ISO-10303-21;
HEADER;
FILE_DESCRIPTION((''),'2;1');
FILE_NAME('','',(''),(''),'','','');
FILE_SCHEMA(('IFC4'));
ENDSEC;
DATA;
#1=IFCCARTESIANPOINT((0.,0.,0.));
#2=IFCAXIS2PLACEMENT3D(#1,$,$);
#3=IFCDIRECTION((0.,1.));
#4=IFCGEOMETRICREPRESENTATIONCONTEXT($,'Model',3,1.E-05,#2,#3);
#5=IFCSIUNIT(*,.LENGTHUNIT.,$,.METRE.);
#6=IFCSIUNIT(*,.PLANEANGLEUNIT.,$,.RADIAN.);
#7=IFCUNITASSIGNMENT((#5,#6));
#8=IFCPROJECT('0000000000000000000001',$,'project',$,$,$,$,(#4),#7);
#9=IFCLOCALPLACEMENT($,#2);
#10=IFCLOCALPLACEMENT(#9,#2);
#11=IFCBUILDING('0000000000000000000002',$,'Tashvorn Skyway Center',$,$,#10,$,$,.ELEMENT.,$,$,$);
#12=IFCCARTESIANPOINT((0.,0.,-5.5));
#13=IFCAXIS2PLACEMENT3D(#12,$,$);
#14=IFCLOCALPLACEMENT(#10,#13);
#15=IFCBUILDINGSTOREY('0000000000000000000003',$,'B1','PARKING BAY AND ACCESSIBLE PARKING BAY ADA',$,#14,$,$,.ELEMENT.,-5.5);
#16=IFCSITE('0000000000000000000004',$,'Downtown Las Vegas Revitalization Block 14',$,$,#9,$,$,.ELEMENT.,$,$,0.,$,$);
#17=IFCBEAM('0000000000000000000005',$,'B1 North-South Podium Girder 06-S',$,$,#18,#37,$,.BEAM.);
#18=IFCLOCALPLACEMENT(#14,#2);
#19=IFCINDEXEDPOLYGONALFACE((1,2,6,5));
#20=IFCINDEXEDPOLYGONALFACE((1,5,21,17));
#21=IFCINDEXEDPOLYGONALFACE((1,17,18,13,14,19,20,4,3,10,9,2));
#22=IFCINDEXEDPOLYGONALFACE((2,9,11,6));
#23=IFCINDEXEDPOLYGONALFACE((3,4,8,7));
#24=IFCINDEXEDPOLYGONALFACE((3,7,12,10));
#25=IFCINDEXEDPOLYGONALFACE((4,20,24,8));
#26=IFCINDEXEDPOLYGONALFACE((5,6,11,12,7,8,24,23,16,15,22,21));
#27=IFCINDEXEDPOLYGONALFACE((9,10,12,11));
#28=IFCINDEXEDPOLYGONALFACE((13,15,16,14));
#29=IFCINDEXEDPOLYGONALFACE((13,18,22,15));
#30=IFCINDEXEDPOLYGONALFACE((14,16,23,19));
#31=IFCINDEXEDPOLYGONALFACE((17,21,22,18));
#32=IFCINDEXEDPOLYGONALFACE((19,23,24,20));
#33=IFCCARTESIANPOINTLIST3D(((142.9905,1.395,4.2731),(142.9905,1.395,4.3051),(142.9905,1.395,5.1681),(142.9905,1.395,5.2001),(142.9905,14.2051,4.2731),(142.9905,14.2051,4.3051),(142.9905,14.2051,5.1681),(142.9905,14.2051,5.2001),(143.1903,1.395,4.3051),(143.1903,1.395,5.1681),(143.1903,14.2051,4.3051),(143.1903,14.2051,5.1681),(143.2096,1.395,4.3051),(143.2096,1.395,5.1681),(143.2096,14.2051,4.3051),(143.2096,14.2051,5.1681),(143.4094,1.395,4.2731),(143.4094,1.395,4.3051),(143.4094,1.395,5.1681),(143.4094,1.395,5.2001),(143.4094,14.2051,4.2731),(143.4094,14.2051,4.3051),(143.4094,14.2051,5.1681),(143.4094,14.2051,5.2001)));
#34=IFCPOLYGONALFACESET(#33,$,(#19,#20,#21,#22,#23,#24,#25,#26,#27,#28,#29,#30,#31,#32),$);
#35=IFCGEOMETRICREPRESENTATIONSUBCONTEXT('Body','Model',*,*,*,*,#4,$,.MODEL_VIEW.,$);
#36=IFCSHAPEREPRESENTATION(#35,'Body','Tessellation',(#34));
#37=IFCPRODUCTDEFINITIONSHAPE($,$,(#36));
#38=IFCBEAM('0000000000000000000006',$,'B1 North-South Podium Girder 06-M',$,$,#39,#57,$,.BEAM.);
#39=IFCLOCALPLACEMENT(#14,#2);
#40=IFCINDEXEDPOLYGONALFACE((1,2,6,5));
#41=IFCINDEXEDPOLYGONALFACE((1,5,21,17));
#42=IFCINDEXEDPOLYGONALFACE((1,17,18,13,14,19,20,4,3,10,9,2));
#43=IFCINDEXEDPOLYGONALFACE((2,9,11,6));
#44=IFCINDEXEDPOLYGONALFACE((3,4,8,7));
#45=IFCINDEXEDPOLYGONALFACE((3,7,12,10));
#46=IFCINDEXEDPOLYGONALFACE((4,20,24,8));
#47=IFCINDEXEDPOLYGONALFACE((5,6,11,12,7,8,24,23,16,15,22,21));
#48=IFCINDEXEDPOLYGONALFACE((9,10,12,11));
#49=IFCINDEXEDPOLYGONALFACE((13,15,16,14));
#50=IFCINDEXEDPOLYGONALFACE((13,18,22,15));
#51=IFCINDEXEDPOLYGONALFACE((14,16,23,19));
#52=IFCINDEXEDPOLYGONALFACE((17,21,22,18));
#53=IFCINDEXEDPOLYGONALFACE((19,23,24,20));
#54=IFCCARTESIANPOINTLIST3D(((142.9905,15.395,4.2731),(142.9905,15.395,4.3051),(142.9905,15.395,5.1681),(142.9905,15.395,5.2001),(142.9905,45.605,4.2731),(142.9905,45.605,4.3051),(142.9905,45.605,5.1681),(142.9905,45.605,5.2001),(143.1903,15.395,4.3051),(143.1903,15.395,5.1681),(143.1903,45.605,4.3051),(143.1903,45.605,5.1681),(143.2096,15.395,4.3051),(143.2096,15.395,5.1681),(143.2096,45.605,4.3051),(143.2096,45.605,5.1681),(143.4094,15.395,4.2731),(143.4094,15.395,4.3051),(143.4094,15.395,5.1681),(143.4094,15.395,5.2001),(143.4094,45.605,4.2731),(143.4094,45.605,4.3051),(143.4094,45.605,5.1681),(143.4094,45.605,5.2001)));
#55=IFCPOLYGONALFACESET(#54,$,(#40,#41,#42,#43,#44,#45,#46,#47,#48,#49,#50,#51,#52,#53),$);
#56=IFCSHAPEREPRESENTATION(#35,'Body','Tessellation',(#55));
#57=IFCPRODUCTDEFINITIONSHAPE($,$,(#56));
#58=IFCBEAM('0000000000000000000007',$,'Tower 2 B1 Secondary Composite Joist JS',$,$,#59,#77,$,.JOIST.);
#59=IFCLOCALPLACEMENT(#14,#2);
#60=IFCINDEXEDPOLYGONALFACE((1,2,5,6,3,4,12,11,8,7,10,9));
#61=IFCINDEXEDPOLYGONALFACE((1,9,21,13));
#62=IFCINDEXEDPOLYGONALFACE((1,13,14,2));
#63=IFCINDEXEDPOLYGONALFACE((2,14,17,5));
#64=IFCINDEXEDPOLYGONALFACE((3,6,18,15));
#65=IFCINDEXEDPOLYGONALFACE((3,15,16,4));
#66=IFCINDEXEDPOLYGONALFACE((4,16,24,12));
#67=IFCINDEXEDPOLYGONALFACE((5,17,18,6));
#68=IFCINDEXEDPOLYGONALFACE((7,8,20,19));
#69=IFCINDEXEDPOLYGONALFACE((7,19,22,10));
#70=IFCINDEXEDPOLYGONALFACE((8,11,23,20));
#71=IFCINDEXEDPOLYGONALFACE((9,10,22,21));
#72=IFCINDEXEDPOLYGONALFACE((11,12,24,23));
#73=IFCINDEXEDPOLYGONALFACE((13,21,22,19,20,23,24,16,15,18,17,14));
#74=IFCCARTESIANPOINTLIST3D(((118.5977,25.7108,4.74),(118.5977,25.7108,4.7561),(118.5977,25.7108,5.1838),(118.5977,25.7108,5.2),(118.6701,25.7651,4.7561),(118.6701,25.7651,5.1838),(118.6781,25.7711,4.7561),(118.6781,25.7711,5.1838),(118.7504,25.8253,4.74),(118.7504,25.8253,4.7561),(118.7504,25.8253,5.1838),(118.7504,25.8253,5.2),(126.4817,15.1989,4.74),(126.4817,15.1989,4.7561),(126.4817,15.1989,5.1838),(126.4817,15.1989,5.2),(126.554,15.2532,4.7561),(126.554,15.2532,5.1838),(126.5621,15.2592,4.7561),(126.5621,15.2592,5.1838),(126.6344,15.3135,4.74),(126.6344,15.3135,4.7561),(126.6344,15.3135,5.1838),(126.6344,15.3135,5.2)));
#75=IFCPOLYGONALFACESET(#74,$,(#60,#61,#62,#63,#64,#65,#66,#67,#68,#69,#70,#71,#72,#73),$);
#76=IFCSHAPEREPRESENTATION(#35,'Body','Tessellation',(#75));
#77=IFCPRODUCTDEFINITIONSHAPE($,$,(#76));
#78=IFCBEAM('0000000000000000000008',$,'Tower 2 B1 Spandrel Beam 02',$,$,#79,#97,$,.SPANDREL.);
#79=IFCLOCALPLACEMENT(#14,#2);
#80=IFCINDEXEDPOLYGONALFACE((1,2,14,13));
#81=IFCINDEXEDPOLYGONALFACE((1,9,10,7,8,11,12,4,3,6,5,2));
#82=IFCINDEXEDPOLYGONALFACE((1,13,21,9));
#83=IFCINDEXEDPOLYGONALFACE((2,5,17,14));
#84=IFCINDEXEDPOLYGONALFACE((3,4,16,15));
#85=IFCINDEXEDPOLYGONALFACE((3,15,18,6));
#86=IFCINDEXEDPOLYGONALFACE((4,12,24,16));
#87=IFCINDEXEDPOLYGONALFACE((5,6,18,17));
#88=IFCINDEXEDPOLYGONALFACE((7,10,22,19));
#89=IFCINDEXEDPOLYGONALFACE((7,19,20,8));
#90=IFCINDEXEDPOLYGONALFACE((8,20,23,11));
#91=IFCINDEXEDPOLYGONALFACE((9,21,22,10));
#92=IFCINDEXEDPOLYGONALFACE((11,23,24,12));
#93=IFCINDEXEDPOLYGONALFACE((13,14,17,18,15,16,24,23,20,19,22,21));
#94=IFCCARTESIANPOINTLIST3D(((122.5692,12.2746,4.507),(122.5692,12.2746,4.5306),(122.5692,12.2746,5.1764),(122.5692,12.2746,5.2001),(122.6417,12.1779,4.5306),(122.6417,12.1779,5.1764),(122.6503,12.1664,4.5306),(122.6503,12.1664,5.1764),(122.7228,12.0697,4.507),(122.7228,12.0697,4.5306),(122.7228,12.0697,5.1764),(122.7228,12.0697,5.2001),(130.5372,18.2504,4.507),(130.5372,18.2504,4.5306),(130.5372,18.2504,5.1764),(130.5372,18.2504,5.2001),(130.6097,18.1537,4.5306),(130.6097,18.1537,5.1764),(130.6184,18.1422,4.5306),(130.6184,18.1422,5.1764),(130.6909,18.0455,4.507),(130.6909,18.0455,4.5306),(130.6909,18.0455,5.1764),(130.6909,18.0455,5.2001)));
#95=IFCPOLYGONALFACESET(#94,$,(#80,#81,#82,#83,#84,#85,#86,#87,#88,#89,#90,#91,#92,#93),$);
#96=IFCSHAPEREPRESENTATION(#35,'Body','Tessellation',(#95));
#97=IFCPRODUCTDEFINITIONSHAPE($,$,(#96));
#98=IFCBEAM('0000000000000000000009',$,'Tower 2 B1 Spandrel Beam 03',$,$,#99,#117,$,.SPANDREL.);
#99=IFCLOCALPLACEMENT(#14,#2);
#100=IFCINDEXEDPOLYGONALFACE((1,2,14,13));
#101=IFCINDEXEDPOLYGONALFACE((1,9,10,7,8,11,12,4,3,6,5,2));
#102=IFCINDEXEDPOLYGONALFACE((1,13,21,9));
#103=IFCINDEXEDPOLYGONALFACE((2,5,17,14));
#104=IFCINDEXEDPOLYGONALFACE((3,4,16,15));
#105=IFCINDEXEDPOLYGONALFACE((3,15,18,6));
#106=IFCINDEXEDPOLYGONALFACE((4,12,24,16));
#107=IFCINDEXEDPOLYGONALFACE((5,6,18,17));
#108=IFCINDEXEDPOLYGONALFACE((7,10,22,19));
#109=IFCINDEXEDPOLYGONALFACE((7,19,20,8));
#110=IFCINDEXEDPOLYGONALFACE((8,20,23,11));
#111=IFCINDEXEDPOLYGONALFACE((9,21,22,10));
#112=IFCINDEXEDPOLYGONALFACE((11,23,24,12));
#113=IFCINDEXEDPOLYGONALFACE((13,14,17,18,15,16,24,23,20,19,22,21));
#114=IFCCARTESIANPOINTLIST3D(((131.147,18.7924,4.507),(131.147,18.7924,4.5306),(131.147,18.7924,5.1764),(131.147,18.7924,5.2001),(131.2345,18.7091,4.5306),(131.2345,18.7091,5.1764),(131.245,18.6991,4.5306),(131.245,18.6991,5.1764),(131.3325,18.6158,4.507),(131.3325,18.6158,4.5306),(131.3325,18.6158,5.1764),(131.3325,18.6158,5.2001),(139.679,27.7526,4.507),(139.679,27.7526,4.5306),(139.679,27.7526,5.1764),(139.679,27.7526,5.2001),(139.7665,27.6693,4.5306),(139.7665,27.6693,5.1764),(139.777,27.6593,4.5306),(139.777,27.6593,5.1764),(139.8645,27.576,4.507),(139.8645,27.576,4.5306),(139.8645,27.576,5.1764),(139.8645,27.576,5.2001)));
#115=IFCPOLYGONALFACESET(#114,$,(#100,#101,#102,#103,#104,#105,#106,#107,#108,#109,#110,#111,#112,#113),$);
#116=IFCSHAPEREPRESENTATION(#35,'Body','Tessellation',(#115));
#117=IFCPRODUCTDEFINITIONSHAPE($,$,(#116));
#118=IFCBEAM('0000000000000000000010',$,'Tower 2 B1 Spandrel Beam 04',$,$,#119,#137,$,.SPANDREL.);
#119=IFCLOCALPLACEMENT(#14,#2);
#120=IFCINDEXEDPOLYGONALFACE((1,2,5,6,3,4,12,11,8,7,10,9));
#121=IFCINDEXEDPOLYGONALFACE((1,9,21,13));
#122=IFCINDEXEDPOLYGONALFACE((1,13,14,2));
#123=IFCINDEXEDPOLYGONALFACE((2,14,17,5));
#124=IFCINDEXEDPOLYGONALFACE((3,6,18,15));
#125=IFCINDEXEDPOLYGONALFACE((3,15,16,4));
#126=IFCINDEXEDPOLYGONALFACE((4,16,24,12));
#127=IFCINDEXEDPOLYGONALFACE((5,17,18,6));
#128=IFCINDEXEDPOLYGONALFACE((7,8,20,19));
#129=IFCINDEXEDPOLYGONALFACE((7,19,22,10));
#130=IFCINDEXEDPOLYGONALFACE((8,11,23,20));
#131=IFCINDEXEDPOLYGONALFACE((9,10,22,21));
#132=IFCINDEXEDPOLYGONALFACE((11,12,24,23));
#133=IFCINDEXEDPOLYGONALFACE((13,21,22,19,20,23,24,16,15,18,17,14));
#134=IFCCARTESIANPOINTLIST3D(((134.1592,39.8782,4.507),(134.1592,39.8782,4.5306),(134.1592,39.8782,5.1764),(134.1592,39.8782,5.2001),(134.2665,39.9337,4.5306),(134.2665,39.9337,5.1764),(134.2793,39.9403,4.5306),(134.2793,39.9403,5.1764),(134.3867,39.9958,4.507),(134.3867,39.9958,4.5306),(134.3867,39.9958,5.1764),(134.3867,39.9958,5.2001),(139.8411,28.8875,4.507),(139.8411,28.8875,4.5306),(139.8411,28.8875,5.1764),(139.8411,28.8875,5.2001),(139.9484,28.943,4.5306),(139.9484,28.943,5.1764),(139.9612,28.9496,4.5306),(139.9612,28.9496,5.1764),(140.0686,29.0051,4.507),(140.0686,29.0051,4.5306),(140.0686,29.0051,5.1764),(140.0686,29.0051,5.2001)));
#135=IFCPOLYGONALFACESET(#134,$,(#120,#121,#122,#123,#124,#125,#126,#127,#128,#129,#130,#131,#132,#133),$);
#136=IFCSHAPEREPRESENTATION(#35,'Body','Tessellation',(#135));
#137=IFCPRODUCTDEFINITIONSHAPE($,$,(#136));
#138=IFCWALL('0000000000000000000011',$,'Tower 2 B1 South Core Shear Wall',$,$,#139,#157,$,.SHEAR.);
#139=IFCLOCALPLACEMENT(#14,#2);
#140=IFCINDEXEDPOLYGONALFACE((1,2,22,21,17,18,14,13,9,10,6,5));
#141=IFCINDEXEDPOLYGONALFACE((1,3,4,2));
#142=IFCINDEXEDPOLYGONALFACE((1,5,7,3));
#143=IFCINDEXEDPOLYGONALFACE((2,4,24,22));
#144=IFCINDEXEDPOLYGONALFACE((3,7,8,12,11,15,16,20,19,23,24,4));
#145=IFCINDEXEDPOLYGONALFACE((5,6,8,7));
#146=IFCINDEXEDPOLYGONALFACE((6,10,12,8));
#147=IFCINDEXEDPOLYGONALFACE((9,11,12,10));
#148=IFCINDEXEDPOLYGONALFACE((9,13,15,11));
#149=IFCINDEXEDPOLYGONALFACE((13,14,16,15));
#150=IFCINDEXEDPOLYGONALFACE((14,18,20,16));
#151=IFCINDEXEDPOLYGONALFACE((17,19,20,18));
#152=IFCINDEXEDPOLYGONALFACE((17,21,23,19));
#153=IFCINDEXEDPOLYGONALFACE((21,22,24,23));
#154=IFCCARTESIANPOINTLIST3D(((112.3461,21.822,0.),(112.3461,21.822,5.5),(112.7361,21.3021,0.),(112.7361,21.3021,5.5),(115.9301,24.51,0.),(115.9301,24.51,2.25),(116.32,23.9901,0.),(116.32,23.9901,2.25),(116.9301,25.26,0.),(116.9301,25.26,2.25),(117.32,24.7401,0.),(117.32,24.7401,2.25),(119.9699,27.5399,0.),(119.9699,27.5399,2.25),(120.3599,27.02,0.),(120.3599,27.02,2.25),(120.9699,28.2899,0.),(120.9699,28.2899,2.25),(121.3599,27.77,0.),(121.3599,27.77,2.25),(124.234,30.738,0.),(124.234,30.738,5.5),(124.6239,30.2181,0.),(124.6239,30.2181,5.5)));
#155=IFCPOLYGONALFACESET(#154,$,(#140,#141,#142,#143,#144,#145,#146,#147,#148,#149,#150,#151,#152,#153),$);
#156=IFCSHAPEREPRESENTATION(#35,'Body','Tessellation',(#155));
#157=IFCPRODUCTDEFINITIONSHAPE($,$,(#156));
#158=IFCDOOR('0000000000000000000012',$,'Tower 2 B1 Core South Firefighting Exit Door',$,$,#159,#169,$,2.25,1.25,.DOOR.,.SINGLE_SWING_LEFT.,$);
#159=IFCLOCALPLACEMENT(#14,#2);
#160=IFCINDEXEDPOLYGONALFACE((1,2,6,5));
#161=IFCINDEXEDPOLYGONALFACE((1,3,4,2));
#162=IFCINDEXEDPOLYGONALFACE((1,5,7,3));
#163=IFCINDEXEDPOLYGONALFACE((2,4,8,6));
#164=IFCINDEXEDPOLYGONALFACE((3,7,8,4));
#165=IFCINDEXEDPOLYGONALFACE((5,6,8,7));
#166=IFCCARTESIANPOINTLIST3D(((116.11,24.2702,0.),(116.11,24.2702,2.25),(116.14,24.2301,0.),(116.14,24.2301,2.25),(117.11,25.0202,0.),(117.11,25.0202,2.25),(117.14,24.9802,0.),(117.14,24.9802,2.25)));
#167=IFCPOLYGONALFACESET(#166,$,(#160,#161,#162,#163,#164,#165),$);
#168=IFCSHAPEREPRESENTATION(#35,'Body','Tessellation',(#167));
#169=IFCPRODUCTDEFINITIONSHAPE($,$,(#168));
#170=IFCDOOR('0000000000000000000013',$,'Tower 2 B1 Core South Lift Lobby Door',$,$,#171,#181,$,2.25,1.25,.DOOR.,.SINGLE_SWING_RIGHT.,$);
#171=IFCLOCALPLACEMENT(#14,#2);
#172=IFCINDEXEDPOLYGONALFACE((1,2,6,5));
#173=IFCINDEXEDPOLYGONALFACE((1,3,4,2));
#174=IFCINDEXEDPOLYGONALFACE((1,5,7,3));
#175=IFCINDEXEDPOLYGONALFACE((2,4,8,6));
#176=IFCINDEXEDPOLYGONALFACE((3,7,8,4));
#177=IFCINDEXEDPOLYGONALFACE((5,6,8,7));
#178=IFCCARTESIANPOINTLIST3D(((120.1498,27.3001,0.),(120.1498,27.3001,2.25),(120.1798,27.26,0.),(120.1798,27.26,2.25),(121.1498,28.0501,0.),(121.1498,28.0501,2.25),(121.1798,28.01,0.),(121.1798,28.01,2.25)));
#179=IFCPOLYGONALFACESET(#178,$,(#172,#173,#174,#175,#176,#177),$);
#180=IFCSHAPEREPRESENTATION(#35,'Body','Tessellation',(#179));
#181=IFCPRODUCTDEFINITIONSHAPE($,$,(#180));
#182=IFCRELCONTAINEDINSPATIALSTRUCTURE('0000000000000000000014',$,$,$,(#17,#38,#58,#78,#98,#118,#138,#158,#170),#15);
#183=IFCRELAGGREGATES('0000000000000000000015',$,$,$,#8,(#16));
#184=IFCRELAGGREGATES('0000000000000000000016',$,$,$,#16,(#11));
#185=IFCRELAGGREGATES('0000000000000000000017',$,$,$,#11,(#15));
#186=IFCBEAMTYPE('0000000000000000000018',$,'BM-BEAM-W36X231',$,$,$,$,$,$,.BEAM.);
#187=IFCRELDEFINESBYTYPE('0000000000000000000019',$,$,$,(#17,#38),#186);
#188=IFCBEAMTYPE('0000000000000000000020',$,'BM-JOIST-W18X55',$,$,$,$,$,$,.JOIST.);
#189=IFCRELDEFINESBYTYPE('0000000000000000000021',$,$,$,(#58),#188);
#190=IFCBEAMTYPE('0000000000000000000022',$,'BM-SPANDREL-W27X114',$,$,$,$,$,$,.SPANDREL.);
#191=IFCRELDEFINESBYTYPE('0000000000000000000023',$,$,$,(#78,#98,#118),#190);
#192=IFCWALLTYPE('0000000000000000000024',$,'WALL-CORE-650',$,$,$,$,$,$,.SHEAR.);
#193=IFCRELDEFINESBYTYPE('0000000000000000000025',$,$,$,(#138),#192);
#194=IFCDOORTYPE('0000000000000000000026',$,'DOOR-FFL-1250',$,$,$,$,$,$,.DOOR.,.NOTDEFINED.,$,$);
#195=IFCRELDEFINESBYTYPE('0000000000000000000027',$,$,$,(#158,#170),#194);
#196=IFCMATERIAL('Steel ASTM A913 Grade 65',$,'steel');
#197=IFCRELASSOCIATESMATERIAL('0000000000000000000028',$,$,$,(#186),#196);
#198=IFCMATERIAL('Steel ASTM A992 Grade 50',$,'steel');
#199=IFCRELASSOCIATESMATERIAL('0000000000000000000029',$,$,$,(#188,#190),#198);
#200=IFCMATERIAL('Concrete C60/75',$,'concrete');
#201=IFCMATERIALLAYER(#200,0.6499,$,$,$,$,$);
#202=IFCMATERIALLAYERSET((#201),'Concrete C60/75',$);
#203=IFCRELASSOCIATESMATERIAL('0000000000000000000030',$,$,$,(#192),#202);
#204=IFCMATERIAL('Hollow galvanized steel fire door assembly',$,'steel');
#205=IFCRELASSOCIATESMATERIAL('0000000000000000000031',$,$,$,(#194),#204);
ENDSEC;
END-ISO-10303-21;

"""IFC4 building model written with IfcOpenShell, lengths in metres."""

from ifc_helpers import new_model, si_unit, direction, frame, frame_2d, origin, origin_2d, place, context, subcontext, project, spatial, rectangle, i_section, extrude, material, layer, layer_set, material_profile, profile_set, type_object, element, fill, save


model = new_model("IFC4")

# Units and contexts
model_context = context("Model", 3, precision=1e-05, world=origin(), true_north=direction((0.0, 1.0)))
body_context = subcontext(model_context, "Body", "Model", "MODEL_VIEW")
ifc_project = project(units=[si_unit("LENGTHUNIT", "METRE"), si_unit("PLANEANGLEUNIT", "RADIAN")], contexts=[model_context])

# Site, building, storey
site_placement = place(None, origin())
site = spatial("IfcSite", under=ifc_project, at=site_placement, Name="Downtown Las Vegas Revitalization Block 14", CompositionType="ELEMENT", RefElevation=0.0)
building_placement = place(site_placement, origin())
building = spatial("IfcBuilding", under=site, at=building_placement, Name="Tashvorn Skyway Center", CompositionType="ELEMENT")
storey_placement = place(building_placement, frame((0.0, 0.0, -5.5)))
storey = spatial("IfcBuildingStorey", under=building, at=storey_placement, Name="B1", Description="PARKING BAY AND ACCESSIBLE PARKING BAY ADA", CompositionType="ELEMENT", Elevation=-5.5)

# Beams
ifc_material_1 = material(Name="Steel ASTM A913 Grade 65", Category="steel")
ifc_material_profile_1 = material_profile(ifc_material_1, i_section(OverallWidth=0.4189, OverallDepth=0.927, WebThickness=0.0193, FlangeThickness=0.032, at=origin_2d()), Name="W36X231")
ifc_profile_set_1 = profile_set([ifc_material_profile_1], Name="Steel ASTM A913 Grade 65")
beam_type_1 = type_object("IfcBeamType", Name="BM-BEAM-W36X231", PredefinedType="BEAM", material=ifc_profile_set_1)
beam_1_placement = place(storey_placement, frame((143.2, 1.395, 4.7366), z_axis=(0.0, 1.0, 0.0), x_axis=(-1.0, 0.0, 0.0)))
element("IfcBeam", 1, at=beam_1_placement, inside=storey, type_object=beam_type_1, Name="B1 North-South Podium Girder 06-S", PredefinedType="BEAM", context=body_context, shape_type="SweptSolid", body=[
    extrude(i_section(OverallWidth=0.4189, OverallDepth=0.927, WebThickness=0.0193, FlangeThickness=0.032, at=origin_2d()), origin(), (0.0, 0.0, 1.0), 12.8101),
])
beam_2_placement = place(storey_placement, frame((143.2, 15.395, 4.7366), z_axis=(0.0, 1.0, 0.0), x_axis=(-1.0, 0.0, 0.0)))
element("IfcBeam", 2, at=beam_2_placement, inside=storey, type_object=beam_type_1, Name="B1 North-South Podium Girder 06-M", PredefinedType="BEAM", context=body_context, shape_type="SweptSolid", body=[
    extrude(i_section(OverallWidth=0.4189, OverallDepth=0.927, WebThickness=0.0193, FlangeThickness=0.032, at=origin_2d()), origin(), (0.0, 0.0, 1.0), 30.21),
])
ifc_material_2 = material(Name="Steel ASTM A992 Grade 50", Category="steel")
ifc_material_profile_2 = material_profile(ifc_material_2, i_section(OverallWidth=0.1909, OverallDepth=0.46, WebThickness=0.01, FlangeThickness=0.0161, at=origin_2d()), Name="W18X55")
ifc_profile_set_2 = profile_set([ifc_material_profile_2], Name="Steel ASTM A992 Grade 50")
beam_type_2 = type_object("IfcBeamType", Name="BM-JOIST-W18X55", PredefinedType="JOIST", material=ifc_profile_set_2)
beam_3_placement = place(storey_placement, frame((118.6741, 25.7681, 4.97), z_axis=(0.600003, -0.799998, 0.0), x_axis=(0.799998, 0.600003, 0.0)))
element("IfcBeam", 3, at=beam_3_placement, inside=storey, type_object=beam_type_2, Name="Tower 2 B1 Secondary Composite Joist JS", PredefinedType="JOIST", context=body_context, shape_type="SweptSolid", body=[
    extrude(i_section(OverallWidth=0.1909, OverallDepth=0.46, WebThickness=0.01, FlangeThickness=0.0161, at=origin_2d()), origin(), (0.0, 0.0, 1.0), 13.1399),
])
ifc_material_profile_3 = material_profile(ifc_material_2, i_section(OverallWidth=0.2561, OverallDepth=0.6931, WebThickness=0.0144, FlangeThickness=0.0237, at=origin_2d()), Name="W27X114")
ifc_profile_set_3 = profile_set([ifc_material_profile_3], Name="Steel ASTM A992 Grade 50")
beam_type_3 = type_object("IfcBeamType", Name="BM-SPANDREL-W27X114", PredefinedType="SPANDREL", material=ifc_profile_set_3)
beam_4_placement = place(storey_placement, frame((122.646, 12.1721, 4.8535), z_axis=(0.800009, 0.599988, 0.0), x_axis=(-0.599988, 0.800009, 0.0)))
element("IfcBeam", 4, at=beam_4_placement, inside=storey, type_object=beam_type_3, Name="Tower 2 B1 Spandrel Beam 02", PredefinedType="SPANDREL", context=body_context, shape_type="SweptSolid", body=[
    extrude(i_section(OverallWidth=0.2561, OverallDepth=0.6931, WebThickness=0.0144, FlangeThickness=0.0237, at=origin_2d()), origin(), (0.0, 0.0, 1.0), 9.96),
])
for number, where, z_axis, x_axis, name in (
    (5, (131.2397, 18.7041, 4.8535), (0.68959, 0.7242, 0.0), (-0.7242, 0.68959, 0.0), "Tower 2 B1 Spandrel Beam 03"),
    (6, (139.9548, 28.9463, 4.8535), (-0.459233, 0.888316, 0.0), (-0.888316, -0.459233, 0.0), "Tower 2 B1 Spandrel Beam 04"),
):
    element("IfcBeam", number, at=place(storey_placement, frame(where, z_axis=z_axis, x_axis=x_axis)), inside=storey, type_object=beam_type_3, Name=name, PredefinedType="SPANDREL", context=body_context, shape_type="SweptSolid", body=[
        extrude(i_section(OverallWidth=0.2561, OverallDepth=0.6931, WebThickness=0.0144, FlangeThickness=0.0237, at=origin_2d()), origin(), (0.0, 0.0, 1.0), 12.3726),
    ])

# Wall, openings, doors
ifc_material_3 = material(Name="Concrete C60/75", Category="concrete")
ifc_layer_1 = layer(ifc_material_3, 0.6499)
ifc_layer_set_1 = layer_set([ifc_layer_1], Name="Concrete C60/75")
wall_type_1 = type_object("IfcWallType", Name="WALL-CORE-650", PredefinedType="SHEAR", material=ifc_layer_set_1)
wall_1_placement = place(storey_placement, frame((124.429, 30.478, 0.0), z_axis=(0.0, 0.0, 1.0), x_axis=(-0.799998, -0.600003, 0.0)))
wall_1 = element("IfcWall", 7, at=wall_1_placement, inside=storey, type_object=wall_type_1, Name="Tower 2 B1 South Core Shear Wall", PredefinedType="SHEAR", context=body_context, shape_type="SweptSolid", body=[
    extrude(rectangle(XDim=14.8599, YDim=0.6499, at=frame_2d((7.4299, 0.0))), origin(), (0.0, 0.0, 1.0), 5.5),
])
opening_1_placement = place(wall_1_placement, frame((9.1299, 0.0, 0.0)))
opening_1 = element("IfcOpeningElement", 8, at=opening_1_placement, cuts=wall_1, PredefinedType="OPENING", context=body_context, shape_type="SweptSolid", body=[
    extrude(rectangle(XDim=1.25, YDim=2.25, at=frame_2d((0.625, 1.125))), frame((0.0, 0.335, 0.0), z_axis=(0.0, -1.0, 0.0), x_axis=(1.0, 0.0, 0.0)), (0.0, 0.0, 1.0), 0.6699),
])
opening_2_placement = place(wall_1_placement, frame((4.0801, 0.0, 0.0)))
opening_2 = element("IfcOpeningElement", 9, at=opening_2_placement, cuts=wall_1, PredefinedType="OPENING", context=body_context, shape_type="SweptSolid", body=[
    extrude(rectangle(XDim=1.25, YDim=2.25, at=frame_2d((0.625, 1.125))), frame((0.0, 0.335, 0.0), z_axis=(0.0, -1.0, 0.0), x_axis=(1.0, 0.0, 0.0)), (0.0, 0.0, 1.0), 0.6699),
])
ifc_material_4 = material(Name="Hollow galvanized steel fire door assembly", Category="steel")
door_type_1 = type_object("IfcDoorType", Name="DOOR-FFL-1250", OperationType="NOTDEFINED", PredefinedType="DOOR", material=ifc_material_4)
door_1_placement = place(opening_1_placement, origin())
door_1 = element("IfcDoor", 10, at=door_1_placement, inside=storey, type_object=door_type_1, Name="Tower 2 B1 Core South Firefighting Exit Door", OperationType="SINGLE_SWING_LEFT", OverallHeight=2.25, OverallWidth=1.25, PredefinedType="DOOR", context=body_context, shape_type="SweptSolid", body=[
    extrude(rectangle(XDim=1.25, YDim=2.25, at=frame_2d((0.625, 1.125))), frame((0.0, 0.0249, 0.0), z_axis=(0.0, -1.0, 0.0), x_axis=(1.0, 0.0, 0.0)), (0.0, 0.0, 1.0), 0.05),
])
fill(opening_1, door_1)
door_2_placement = place(opening_2_placement, origin())
door_2 = element("IfcDoor", 11, at=door_2_placement, inside=storey, type_object=door_type_1, Name="Tower 2 B1 Core South Lift Lobby Door", OperationType="SINGLE_SWING_RIGHT", OverallHeight=2.25, OverallWidth=1.25, PredefinedType="DOOR", context=body_context, shape_type="SweptSolid", body=[
    extrude(rectangle(XDim=1.25, YDim=2.25, at=frame_2d((0.625, 1.125))), frame((0.0, 0.0249, 0.0), z_axis=(0.0, -1.0, 0.0), x_axis=(1.0, 0.0, 0.0)), (0.0, 0.0, 1.0), 0.05),
])
fill(opening_2, door_2)

save(model, "model.ifc")
